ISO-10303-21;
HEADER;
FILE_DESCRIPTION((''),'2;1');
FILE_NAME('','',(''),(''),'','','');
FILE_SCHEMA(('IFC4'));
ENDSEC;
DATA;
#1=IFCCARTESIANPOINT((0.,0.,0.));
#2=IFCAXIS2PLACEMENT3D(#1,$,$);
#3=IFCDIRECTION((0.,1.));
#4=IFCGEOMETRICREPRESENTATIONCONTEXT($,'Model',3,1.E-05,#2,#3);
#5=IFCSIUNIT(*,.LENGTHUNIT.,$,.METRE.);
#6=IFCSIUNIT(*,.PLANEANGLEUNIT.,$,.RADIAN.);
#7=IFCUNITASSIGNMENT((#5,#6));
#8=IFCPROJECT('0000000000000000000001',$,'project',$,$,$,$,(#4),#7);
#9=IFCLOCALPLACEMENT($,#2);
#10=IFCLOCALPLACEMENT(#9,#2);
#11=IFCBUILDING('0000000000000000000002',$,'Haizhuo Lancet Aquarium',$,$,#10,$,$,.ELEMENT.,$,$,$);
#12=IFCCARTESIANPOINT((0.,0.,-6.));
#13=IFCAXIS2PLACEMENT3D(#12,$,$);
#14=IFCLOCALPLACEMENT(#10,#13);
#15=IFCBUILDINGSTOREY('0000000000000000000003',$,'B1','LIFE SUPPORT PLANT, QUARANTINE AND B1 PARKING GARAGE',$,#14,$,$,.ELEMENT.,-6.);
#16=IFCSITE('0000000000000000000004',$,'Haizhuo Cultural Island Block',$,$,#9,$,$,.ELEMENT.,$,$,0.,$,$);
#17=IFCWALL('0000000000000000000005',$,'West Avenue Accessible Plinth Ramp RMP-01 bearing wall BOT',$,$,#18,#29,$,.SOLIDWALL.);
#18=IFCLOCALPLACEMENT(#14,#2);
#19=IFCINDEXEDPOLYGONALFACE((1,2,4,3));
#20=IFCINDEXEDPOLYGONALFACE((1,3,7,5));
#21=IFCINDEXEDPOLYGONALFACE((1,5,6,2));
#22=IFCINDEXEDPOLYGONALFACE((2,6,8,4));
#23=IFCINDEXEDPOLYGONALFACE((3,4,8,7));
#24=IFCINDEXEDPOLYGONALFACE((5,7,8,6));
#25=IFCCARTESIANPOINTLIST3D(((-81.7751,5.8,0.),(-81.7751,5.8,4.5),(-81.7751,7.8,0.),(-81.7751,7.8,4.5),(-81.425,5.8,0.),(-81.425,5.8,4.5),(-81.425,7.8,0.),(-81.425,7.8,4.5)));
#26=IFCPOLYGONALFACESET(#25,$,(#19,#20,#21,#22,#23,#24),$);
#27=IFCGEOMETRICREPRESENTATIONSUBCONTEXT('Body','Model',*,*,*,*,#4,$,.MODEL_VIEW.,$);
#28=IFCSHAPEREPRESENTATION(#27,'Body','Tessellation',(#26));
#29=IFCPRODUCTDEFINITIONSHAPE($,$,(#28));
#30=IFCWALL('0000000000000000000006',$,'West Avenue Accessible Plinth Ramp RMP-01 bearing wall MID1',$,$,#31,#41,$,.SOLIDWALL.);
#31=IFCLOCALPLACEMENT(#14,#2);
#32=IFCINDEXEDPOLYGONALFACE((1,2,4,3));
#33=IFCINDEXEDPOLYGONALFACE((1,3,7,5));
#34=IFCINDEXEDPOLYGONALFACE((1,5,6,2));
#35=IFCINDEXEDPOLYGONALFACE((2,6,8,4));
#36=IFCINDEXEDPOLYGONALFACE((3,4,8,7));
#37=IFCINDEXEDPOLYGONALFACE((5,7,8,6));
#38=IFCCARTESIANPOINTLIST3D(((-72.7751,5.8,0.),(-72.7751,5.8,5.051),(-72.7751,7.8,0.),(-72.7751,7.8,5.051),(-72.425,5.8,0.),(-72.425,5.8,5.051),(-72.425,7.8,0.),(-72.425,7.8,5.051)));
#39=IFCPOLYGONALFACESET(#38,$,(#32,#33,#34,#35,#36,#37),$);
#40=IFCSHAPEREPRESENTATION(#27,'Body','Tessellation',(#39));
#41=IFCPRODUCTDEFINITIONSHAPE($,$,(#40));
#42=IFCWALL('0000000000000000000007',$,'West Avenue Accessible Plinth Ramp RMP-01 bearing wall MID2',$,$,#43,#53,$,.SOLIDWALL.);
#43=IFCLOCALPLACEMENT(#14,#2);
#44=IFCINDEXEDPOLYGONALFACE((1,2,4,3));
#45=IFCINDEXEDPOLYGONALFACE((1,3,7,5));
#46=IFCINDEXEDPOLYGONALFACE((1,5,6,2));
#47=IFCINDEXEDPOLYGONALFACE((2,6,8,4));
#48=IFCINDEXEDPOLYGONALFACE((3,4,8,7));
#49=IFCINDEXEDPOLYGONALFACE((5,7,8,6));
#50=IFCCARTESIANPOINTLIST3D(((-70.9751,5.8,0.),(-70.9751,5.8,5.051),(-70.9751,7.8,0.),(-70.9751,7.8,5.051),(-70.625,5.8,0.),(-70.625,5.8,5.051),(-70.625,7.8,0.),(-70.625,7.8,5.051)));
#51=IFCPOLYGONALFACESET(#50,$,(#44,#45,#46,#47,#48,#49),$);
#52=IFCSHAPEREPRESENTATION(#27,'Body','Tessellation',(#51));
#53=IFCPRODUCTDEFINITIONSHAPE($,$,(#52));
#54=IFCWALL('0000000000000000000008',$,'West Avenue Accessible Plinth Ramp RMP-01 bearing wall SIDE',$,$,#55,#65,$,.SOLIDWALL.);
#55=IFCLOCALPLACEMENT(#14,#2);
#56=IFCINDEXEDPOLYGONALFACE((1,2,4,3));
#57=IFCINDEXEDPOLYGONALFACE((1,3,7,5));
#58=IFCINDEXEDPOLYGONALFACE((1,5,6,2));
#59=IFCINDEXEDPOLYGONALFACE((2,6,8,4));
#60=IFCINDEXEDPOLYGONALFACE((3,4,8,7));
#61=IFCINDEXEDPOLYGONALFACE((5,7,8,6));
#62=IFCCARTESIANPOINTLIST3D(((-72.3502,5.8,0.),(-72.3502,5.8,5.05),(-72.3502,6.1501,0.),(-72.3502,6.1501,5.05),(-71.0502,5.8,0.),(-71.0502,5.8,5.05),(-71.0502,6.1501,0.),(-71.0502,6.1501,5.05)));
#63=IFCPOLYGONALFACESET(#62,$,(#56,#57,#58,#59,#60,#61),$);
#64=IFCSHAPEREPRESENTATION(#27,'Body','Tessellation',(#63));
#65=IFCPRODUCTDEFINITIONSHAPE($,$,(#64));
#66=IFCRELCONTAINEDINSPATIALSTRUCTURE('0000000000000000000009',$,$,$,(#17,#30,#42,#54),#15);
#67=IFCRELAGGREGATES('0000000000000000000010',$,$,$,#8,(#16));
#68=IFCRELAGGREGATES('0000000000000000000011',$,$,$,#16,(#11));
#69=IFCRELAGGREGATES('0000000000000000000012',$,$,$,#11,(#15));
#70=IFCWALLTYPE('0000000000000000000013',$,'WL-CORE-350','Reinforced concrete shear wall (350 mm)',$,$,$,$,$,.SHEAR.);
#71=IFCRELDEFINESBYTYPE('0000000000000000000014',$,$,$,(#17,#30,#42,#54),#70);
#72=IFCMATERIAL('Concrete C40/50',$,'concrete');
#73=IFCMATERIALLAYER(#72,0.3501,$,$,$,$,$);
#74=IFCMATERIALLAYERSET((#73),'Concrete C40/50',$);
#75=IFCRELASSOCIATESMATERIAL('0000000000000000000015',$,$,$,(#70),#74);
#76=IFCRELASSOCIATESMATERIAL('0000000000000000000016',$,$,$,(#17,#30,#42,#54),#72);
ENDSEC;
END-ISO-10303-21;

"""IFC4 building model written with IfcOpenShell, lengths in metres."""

from ifc_helpers import new_model, si_unit, direction, frame, frame_2d, origin, place, context, subcontext, project, spatial, rectangle, extrude, material, layer, layer_set, type_object, element, save


model = new_model("IFC4")

# Units and contexts
model_context = context("Model", 3, precision=1e-05, world=origin(), true_north=direction((0.0, 1.0)))
body_context = subcontext(model_context, "Body", "Model", "MODEL_VIEW")
ifc_project = project(units=[si_unit("LENGTHUNIT", "METRE"), si_unit("PLANEANGLEUNIT", "RADIAN")], contexts=[model_context])

# Site, building, storey
site_placement = place(None, origin())
site = spatial("IfcSite", under=ifc_project, at=site_placement, Name="Haizhuo Cultural Island Block", CompositionType="ELEMENT", RefElevation=0.0)
building_placement = place(site_placement, origin())
building = spatial("IfcBuilding", under=site, at=building_placement, Name="Haizhuo Lancet Aquarium", CompositionType="ELEMENT")
storey_placement = place(building_placement, frame((0.0, 0.0, -6.0)))
storey = spatial("IfcBuildingStorey", under=building, at=storey_placement, Name="B1", Description="LIFE SUPPORT PLANT, QUARANTINE AND B1 PARKING GARAGE", CompositionType="ELEMENT", Elevation=-6.0)

# Shared definitions
ifc_material_1 = material(Name="Concrete C40/50", Category="concrete")

# Walls
ifc_layer = layer(ifc_material_1, 0.3501)
ifc_layer_set = layer_set([ifc_layer], Name="Concrete C40/50")
wall_type = type_object("IfcWallType", Name="WL-CORE-350", Description="Reinforced concrete shear wall (350 mm)", PredefinedType="SHEAR", material=ifc_layer_set)
wall_1_placement = place(storey_placement, frame((-81.6001, 5.8, 0.0), z_axis=(0.0, 0.0, 1.0), x_axis=(0.0, 1.0, 0.0)))
element("IfcWall", 1, at=wall_1_placement, inside=storey, type_object=wall_type, material=ifc_material_1, Name="West Avenue Accessible Plinth Ramp RMP-01 bearing wall BOT", PredefinedType="SOLIDWALL", context=body_context, shape_type="SweptSolid", body=[
    extrude(rectangle(XDim=2.0, YDim=0.3501, at=frame_2d((1.0, 0.0))), origin(), (0.0, 0.0, 1.0), 4.5),
])
for number, where, z_axis, x_axis, name in (
    (2, (-72.6001, 5.8, 0.0), (0.0, 0.0, 1.0), (0.0, 1.0, 0.0), "West Avenue Accessible Plinth Ramp RMP-01 bearing wall MID1"),
    (3, (-70.8, 5.8, 0.0), (0.0, 0.0, 1.0), (0.0, 1.0, 0.0), "West Avenue Accessible Plinth Ramp RMP-01 bearing wall MID2"),
):
    element("IfcWall", number, at=place(storey_placement, frame(where, z_axis=z_axis, x_axis=x_axis)), inside=storey, type_object=wall_type, material=ifc_material_1, Name=name, PredefinedType="SOLIDWALL", context=body_context, shape_type="SweptSolid", body=[
        extrude(rectangle(XDim=2.0, YDim=0.3501, at=frame_2d((1.0, 0.0))), origin(), (0.0, 0.0, 1.0), 5.051),
    ])
wall_2_placement = place(storey_placement, frame((-72.3501, 5.9751, 0.0), z_axis=(0.0, 0.0, 1.0), x_axis=(1.0, 0.0, 0.0)))
element("IfcWall", 4, at=wall_2_placement, inside=storey, type_object=wall_type, material=ifc_material_1, Name="West Avenue Accessible Plinth Ramp RMP-01 bearing wall SIDE", PredefinedType="SOLIDWALL", context=body_context, shape_type="SweptSolid", body=[
    extrude(rectangle(XDim=1.3, YDim=0.3501, at=frame_2d((0.6499, 0.0))), origin(), (0.0, 0.0, 1.0), 5.05),
])

save(model, "model.ifc")
